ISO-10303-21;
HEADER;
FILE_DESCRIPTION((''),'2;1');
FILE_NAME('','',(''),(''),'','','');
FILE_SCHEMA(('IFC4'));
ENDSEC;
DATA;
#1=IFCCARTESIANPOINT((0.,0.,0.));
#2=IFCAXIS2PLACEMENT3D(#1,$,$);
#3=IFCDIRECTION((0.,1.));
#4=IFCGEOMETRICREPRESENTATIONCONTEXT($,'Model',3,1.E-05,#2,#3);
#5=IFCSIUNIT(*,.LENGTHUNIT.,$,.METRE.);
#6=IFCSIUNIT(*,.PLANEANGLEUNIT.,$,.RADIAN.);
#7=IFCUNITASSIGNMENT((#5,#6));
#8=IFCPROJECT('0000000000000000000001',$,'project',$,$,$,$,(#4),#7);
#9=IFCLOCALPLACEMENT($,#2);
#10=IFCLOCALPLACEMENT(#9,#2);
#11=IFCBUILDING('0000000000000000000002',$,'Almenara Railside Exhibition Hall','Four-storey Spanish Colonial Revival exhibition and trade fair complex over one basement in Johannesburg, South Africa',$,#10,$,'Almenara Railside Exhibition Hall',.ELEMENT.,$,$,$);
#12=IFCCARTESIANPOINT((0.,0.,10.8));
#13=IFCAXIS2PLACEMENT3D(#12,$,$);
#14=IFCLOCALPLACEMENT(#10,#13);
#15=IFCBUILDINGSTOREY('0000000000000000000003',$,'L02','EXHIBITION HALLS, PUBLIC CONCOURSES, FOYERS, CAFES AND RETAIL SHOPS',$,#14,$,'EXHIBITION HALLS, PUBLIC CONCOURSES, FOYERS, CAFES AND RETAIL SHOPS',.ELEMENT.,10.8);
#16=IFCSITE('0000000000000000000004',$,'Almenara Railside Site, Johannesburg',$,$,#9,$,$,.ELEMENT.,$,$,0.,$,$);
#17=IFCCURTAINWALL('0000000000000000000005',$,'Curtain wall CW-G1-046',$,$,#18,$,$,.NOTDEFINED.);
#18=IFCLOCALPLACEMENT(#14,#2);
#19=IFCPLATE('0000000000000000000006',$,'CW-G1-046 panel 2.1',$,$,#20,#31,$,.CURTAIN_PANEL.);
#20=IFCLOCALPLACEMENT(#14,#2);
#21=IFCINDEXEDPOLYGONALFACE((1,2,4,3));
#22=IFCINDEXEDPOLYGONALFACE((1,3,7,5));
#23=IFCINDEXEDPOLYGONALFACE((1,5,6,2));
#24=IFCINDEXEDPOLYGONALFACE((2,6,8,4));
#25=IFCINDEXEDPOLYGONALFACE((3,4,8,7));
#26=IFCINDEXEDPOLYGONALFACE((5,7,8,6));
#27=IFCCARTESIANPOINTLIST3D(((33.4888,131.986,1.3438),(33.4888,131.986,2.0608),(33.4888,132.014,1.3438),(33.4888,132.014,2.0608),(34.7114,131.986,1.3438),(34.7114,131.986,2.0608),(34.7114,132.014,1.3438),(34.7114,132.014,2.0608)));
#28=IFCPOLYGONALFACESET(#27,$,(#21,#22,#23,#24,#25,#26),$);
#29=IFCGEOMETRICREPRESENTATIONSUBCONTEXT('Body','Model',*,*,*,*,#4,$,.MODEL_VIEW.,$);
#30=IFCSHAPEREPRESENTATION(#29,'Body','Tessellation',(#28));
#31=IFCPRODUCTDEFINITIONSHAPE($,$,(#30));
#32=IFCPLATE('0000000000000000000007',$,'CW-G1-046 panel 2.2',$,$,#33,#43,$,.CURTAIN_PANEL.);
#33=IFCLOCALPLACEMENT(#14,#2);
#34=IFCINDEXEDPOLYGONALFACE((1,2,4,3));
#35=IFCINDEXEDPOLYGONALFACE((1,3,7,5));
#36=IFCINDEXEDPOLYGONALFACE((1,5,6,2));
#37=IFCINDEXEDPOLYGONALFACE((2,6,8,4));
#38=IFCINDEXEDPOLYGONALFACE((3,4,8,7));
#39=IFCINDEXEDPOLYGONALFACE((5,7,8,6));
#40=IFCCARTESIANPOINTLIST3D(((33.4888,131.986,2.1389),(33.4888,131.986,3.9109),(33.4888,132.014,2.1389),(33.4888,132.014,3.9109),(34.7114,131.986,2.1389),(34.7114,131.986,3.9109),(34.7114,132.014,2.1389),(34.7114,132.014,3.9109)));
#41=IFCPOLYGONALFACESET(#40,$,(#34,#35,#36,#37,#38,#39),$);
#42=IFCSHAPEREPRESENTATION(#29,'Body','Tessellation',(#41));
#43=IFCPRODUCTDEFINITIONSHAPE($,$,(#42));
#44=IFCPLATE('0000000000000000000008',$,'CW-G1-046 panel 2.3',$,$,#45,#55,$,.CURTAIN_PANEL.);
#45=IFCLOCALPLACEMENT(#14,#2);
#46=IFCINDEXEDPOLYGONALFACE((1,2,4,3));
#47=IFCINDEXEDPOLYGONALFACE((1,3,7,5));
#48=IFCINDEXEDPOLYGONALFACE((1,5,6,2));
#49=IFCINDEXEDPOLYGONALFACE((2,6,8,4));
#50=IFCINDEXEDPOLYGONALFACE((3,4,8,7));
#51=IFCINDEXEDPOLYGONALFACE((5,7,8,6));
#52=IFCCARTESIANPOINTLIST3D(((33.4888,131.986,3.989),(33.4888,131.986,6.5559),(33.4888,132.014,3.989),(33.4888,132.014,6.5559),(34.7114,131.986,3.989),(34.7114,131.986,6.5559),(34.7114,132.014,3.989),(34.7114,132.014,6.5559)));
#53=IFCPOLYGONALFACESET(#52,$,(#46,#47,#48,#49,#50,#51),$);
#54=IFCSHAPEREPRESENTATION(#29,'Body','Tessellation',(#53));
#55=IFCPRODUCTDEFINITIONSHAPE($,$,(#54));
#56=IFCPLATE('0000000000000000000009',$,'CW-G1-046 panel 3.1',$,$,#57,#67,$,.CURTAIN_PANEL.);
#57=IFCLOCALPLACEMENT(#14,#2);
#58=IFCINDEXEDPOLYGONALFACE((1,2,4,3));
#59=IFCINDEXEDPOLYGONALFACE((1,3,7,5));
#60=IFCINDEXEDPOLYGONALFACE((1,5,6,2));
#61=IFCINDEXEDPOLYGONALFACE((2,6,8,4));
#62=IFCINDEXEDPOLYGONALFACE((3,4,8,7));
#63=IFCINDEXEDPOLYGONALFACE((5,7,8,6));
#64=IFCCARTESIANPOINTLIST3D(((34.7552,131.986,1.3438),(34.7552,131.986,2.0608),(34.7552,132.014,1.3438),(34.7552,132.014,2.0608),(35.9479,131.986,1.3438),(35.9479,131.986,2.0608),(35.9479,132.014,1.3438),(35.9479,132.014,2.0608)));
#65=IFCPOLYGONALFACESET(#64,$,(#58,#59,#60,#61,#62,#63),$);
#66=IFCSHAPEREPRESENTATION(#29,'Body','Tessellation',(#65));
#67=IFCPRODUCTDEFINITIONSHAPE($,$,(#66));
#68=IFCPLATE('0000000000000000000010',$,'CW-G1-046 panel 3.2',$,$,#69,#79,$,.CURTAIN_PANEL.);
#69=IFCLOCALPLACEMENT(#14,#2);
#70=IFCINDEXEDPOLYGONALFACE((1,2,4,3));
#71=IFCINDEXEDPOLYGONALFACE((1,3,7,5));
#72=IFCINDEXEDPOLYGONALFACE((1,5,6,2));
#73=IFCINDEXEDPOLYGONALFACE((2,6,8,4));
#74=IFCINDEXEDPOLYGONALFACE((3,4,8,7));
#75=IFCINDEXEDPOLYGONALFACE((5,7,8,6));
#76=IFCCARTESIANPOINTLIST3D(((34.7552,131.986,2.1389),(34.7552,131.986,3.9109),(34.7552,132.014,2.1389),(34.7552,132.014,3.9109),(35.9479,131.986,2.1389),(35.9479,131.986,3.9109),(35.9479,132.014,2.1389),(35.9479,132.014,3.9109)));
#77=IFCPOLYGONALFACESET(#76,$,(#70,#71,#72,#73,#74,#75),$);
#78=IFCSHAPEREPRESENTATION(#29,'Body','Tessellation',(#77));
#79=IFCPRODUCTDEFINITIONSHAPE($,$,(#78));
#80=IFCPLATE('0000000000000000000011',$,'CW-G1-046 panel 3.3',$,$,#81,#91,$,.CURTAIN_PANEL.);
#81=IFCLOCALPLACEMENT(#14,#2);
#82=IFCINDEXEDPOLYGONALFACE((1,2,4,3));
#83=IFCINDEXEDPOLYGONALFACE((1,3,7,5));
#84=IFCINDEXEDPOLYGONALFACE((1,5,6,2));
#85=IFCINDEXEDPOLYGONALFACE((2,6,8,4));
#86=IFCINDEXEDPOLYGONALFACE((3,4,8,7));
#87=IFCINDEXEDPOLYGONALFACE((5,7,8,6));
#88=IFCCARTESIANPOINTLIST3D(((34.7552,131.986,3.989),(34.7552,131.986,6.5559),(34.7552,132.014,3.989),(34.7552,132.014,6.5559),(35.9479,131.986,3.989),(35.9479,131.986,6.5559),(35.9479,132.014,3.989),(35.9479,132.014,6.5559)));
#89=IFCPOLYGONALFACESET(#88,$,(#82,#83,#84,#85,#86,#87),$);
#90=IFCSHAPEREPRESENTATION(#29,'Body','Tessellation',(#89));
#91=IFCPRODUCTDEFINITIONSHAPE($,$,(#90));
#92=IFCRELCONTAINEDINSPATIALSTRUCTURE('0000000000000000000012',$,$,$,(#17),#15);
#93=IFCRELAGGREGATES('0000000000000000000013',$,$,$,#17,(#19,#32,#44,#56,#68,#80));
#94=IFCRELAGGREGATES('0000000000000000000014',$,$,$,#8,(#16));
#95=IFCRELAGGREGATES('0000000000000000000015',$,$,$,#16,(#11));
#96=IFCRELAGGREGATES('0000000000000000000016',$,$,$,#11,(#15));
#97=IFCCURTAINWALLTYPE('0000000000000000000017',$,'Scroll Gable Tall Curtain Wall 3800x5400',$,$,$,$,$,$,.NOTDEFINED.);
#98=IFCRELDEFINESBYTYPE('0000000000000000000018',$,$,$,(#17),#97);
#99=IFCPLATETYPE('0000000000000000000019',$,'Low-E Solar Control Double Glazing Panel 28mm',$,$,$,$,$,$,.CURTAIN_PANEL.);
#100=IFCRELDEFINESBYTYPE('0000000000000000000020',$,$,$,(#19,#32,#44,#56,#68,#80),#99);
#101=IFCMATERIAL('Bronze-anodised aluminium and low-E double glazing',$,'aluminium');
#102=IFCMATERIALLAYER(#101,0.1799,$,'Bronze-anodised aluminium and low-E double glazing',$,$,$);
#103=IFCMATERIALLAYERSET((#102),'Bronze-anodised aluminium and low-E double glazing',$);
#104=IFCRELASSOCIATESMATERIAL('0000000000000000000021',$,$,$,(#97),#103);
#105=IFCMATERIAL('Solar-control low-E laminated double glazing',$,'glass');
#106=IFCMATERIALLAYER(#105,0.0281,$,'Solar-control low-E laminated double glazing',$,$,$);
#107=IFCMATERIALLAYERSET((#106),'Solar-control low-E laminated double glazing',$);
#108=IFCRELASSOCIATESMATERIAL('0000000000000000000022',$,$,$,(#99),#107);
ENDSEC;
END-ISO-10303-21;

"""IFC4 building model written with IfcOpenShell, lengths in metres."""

from ifc_helpers import new_model, si_unit, direction, frame, origin, origin_2d, place, context, subcontext, project, spatial, rectangle, extrude, material, layer, layer_set, type_object, element, aggregate, save


model = new_model("IFC4")

# Units and contexts
model_context = context("Model", 3, precision=1e-05, world=origin(), true_north=direction((0.0, 1.0)))
body_context = subcontext(model_context, "Body", "Model", "MODEL_VIEW")
ifc_project = project(units=[si_unit("LENGTHUNIT", "METRE"), si_unit("PLANEANGLEUNIT", "RADIAN")], contexts=[model_context])

# Site, building, storey
site_placement = place(None, origin())
site = spatial("IfcSite", under=ifc_project, at=site_placement, Name="Almenara Railside Site, Johannesburg", CompositionType="ELEMENT", RefElevation=0.0)
building_placement = place(site_placement, origin())
building = spatial("IfcBuilding", under=site, at=building_placement, Name="Almenara Railside Exhibition Hall", Description="Four-storey Spanish Colonial Revival exhibition and trade fair complex over one basement in Johannesburg, South Africa", LongName="Almenara Railside Exhibition Hall", CompositionType="ELEMENT")
storey_placement = place(building_placement, frame((0.0, 0.0, 10.8)))
storey = spatial("IfcBuildingStorey", under=building, at=storey_placement, Name="L02", Description="EXHIBITION HALLS, PUBLIC CONCOURSES, FOYERS, CAFES AND RETAIL SHOPS", LongName="EXHIBITION HALLS, PUBLIC CONCOURSES, FOYERS, CAFES AND RETAIL SHOPS", CompositionType="ELEMENT", Elevation=10.8)

# Curtain wall
ifc_material_1 = material(Name="Bronze-anodised aluminium and low-E double glazing", Category="aluminium")
ifc_layer_1 = layer(ifc_material_1, 0.1799, Name="Bronze-anodised aluminium and low-E double glazing")
ifc_layer_set_1 = layer_set([ifc_layer_1], Name="Bronze-anodised aluminium and low-E double glazing")
curtain_wall_type_1 = type_object("IfcCurtainWallType", Name="Scroll Gable Tall Curtain Wall 3800x5400", PredefinedType="NOTDEFINED", material=ifc_layer_set_1)
curtain_wall_1_placement = place(storey_placement, origin())
curtain_wall_1 = element("IfcCurtainWall", 1, at=curtain_wall_1_placement, inside=storey, type_object=curtain_wall_type_1, Name="Curtain wall CW-G1-046", PredefinedType="NOTDEFINED")

# Plates
ifc_material_2 = material(Name="Solar-control low-E laminated double glazing", Category="glass")
ifc_layer_2 = layer(ifc_material_2, 0.0281, Name="Solar-control low-E laminated double glazing")
ifc_layer_set_2 = layer_set([ifc_layer_2], Name="Solar-control low-E laminated double glazing")
plate_type_1 = type_object("IfcPlateType", Name="Low-E Solar Control Double Glazing Panel 28mm", PredefinedType="CURTAIN_PANEL", material=ifc_layer_set_2)
plate_1_placement = place(storey_placement, frame((34.1001, 132.0, 1.3438), z_axis=(0.0, 0.0, 1.0), x_axis=(1.0, 0.0, 0.0)))
plate_1 = element("IfcPlate", 2, at=plate_1_placement, type_object=plate_type_1, Name="CW-G1-046 panel 2.1", PredefinedType="CURTAIN_PANEL", context=body_context, shape_type="SweptSolid", body=[
    extrude(rectangle(XDim=1.2227, YDim=0.0281, at=origin_2d()), origin(), (0.0, 0.0, 1.0), 0.717),
])
plate_2_placement = place(storey_placement, frame((34.1001, 132.0, 2.1389), z_axis=(0.0, 0.0, 1.0), x_axis=(1.0, 0.0, 0.0)))
plate_2 = element("IfcPlate", 3, at=plate_2_placement, type_object=plate_type_1, Name="CW-G1-046 panel 2.2", PredefinedType="CURTAIN_PANEL", context=body_context, shape_type="SweptSolid", body=[
    extrude(rectangle(XDim=1.2227, YDim=0.0281, at=origin_2d()), origin(), (0.0, 0.0, 1.0), 1.772),
])
plate_3_placement = place(storey_placement, frame((34.1001, 132.0, 3.989), z_axis=(0.0, 0.0, 1.0), x_axis=(1.0, 0.0, 0.0)))
plate_3 = element("IfcPlate", 4, at=plate_3_placement, type_object=plate_type_1, Name="CW-G1-046 panel 2.3", PredefinedType="CURTAIN_PANEL", context=body_context, shape_type="SweptSolid", body=[
    extrude(rectangle(XDim=1.2227, YDim=0.0281, at=origin_2d()), origin(), (0.0, 0.0, 1.0), 2.5669),
])
plate_4_placement = place(storey_placement, frame((35.3516, 132.0, 1.3438), z_axis=(0.0, 0.0, 1.0), x_axis=(1.0, 0.0, 0.0)))
plate_4 = element("IfcPlate", 5, at=plate_4_placement, type_object=plate_type_1, Name="CW-G1-046 panel 3.1", PredefinedType="CURTAIN_PANEL", context=body_context, shape_type="SweptSolid", body=[
    extrude(rectangle(XDim=1.1926, YDim=0.0281, at=origin_2d()), origin(), (0.0, 0.0, 1.0), 0.717),
])
plate_5_placement = place(storey_placement, frame((35.3516, 132.0, 2.1389), z_axis=(0.0, 0.0, 1.0), x_axis=(1.0, 0.0, 0.0)))
plate_5 = element("IfcPlate", 6, at=plate_5_placement, type_object=plate_type_1, Name="CW-G1-046 panel 3.2", PredefinedType="CURTAIN_PANEL", context=body_context, shape_type="SweptSolid", body=[
    extrude(rectangle(XDim=1.1926, YDim=0.0281, at=origin_2d()), origin(), (0.0, 0.0, 1.0), 1.772),
])
plate_6_placement = place(storey_placement, frame((35.3516, 132.0, 3.989), z_axis=(0.0, 0.0, 1.0), x_axis=(1.0, 0.0, 0.0)))
plate_6 = element("IfcPlate", 7, at=plate_6_placement, type_object=plate_type_1, Name="CW-G1-046 panel 3.3", PredefinedType="CURTAIN_PANEL", context=body_context, shape_type="SweptSolid", body=[
    extrude(rectangle(XDim=1.1926, YDim=0.0281, at=origin_2d()), origin(), (0.0, 0.0, 1.0), 2.5669),
])
aggregate(curtain_wall_1, [plate_1, plate_2, plate_3, plate_4, plate_5, plate_6])

save(model, "model.ifc")
